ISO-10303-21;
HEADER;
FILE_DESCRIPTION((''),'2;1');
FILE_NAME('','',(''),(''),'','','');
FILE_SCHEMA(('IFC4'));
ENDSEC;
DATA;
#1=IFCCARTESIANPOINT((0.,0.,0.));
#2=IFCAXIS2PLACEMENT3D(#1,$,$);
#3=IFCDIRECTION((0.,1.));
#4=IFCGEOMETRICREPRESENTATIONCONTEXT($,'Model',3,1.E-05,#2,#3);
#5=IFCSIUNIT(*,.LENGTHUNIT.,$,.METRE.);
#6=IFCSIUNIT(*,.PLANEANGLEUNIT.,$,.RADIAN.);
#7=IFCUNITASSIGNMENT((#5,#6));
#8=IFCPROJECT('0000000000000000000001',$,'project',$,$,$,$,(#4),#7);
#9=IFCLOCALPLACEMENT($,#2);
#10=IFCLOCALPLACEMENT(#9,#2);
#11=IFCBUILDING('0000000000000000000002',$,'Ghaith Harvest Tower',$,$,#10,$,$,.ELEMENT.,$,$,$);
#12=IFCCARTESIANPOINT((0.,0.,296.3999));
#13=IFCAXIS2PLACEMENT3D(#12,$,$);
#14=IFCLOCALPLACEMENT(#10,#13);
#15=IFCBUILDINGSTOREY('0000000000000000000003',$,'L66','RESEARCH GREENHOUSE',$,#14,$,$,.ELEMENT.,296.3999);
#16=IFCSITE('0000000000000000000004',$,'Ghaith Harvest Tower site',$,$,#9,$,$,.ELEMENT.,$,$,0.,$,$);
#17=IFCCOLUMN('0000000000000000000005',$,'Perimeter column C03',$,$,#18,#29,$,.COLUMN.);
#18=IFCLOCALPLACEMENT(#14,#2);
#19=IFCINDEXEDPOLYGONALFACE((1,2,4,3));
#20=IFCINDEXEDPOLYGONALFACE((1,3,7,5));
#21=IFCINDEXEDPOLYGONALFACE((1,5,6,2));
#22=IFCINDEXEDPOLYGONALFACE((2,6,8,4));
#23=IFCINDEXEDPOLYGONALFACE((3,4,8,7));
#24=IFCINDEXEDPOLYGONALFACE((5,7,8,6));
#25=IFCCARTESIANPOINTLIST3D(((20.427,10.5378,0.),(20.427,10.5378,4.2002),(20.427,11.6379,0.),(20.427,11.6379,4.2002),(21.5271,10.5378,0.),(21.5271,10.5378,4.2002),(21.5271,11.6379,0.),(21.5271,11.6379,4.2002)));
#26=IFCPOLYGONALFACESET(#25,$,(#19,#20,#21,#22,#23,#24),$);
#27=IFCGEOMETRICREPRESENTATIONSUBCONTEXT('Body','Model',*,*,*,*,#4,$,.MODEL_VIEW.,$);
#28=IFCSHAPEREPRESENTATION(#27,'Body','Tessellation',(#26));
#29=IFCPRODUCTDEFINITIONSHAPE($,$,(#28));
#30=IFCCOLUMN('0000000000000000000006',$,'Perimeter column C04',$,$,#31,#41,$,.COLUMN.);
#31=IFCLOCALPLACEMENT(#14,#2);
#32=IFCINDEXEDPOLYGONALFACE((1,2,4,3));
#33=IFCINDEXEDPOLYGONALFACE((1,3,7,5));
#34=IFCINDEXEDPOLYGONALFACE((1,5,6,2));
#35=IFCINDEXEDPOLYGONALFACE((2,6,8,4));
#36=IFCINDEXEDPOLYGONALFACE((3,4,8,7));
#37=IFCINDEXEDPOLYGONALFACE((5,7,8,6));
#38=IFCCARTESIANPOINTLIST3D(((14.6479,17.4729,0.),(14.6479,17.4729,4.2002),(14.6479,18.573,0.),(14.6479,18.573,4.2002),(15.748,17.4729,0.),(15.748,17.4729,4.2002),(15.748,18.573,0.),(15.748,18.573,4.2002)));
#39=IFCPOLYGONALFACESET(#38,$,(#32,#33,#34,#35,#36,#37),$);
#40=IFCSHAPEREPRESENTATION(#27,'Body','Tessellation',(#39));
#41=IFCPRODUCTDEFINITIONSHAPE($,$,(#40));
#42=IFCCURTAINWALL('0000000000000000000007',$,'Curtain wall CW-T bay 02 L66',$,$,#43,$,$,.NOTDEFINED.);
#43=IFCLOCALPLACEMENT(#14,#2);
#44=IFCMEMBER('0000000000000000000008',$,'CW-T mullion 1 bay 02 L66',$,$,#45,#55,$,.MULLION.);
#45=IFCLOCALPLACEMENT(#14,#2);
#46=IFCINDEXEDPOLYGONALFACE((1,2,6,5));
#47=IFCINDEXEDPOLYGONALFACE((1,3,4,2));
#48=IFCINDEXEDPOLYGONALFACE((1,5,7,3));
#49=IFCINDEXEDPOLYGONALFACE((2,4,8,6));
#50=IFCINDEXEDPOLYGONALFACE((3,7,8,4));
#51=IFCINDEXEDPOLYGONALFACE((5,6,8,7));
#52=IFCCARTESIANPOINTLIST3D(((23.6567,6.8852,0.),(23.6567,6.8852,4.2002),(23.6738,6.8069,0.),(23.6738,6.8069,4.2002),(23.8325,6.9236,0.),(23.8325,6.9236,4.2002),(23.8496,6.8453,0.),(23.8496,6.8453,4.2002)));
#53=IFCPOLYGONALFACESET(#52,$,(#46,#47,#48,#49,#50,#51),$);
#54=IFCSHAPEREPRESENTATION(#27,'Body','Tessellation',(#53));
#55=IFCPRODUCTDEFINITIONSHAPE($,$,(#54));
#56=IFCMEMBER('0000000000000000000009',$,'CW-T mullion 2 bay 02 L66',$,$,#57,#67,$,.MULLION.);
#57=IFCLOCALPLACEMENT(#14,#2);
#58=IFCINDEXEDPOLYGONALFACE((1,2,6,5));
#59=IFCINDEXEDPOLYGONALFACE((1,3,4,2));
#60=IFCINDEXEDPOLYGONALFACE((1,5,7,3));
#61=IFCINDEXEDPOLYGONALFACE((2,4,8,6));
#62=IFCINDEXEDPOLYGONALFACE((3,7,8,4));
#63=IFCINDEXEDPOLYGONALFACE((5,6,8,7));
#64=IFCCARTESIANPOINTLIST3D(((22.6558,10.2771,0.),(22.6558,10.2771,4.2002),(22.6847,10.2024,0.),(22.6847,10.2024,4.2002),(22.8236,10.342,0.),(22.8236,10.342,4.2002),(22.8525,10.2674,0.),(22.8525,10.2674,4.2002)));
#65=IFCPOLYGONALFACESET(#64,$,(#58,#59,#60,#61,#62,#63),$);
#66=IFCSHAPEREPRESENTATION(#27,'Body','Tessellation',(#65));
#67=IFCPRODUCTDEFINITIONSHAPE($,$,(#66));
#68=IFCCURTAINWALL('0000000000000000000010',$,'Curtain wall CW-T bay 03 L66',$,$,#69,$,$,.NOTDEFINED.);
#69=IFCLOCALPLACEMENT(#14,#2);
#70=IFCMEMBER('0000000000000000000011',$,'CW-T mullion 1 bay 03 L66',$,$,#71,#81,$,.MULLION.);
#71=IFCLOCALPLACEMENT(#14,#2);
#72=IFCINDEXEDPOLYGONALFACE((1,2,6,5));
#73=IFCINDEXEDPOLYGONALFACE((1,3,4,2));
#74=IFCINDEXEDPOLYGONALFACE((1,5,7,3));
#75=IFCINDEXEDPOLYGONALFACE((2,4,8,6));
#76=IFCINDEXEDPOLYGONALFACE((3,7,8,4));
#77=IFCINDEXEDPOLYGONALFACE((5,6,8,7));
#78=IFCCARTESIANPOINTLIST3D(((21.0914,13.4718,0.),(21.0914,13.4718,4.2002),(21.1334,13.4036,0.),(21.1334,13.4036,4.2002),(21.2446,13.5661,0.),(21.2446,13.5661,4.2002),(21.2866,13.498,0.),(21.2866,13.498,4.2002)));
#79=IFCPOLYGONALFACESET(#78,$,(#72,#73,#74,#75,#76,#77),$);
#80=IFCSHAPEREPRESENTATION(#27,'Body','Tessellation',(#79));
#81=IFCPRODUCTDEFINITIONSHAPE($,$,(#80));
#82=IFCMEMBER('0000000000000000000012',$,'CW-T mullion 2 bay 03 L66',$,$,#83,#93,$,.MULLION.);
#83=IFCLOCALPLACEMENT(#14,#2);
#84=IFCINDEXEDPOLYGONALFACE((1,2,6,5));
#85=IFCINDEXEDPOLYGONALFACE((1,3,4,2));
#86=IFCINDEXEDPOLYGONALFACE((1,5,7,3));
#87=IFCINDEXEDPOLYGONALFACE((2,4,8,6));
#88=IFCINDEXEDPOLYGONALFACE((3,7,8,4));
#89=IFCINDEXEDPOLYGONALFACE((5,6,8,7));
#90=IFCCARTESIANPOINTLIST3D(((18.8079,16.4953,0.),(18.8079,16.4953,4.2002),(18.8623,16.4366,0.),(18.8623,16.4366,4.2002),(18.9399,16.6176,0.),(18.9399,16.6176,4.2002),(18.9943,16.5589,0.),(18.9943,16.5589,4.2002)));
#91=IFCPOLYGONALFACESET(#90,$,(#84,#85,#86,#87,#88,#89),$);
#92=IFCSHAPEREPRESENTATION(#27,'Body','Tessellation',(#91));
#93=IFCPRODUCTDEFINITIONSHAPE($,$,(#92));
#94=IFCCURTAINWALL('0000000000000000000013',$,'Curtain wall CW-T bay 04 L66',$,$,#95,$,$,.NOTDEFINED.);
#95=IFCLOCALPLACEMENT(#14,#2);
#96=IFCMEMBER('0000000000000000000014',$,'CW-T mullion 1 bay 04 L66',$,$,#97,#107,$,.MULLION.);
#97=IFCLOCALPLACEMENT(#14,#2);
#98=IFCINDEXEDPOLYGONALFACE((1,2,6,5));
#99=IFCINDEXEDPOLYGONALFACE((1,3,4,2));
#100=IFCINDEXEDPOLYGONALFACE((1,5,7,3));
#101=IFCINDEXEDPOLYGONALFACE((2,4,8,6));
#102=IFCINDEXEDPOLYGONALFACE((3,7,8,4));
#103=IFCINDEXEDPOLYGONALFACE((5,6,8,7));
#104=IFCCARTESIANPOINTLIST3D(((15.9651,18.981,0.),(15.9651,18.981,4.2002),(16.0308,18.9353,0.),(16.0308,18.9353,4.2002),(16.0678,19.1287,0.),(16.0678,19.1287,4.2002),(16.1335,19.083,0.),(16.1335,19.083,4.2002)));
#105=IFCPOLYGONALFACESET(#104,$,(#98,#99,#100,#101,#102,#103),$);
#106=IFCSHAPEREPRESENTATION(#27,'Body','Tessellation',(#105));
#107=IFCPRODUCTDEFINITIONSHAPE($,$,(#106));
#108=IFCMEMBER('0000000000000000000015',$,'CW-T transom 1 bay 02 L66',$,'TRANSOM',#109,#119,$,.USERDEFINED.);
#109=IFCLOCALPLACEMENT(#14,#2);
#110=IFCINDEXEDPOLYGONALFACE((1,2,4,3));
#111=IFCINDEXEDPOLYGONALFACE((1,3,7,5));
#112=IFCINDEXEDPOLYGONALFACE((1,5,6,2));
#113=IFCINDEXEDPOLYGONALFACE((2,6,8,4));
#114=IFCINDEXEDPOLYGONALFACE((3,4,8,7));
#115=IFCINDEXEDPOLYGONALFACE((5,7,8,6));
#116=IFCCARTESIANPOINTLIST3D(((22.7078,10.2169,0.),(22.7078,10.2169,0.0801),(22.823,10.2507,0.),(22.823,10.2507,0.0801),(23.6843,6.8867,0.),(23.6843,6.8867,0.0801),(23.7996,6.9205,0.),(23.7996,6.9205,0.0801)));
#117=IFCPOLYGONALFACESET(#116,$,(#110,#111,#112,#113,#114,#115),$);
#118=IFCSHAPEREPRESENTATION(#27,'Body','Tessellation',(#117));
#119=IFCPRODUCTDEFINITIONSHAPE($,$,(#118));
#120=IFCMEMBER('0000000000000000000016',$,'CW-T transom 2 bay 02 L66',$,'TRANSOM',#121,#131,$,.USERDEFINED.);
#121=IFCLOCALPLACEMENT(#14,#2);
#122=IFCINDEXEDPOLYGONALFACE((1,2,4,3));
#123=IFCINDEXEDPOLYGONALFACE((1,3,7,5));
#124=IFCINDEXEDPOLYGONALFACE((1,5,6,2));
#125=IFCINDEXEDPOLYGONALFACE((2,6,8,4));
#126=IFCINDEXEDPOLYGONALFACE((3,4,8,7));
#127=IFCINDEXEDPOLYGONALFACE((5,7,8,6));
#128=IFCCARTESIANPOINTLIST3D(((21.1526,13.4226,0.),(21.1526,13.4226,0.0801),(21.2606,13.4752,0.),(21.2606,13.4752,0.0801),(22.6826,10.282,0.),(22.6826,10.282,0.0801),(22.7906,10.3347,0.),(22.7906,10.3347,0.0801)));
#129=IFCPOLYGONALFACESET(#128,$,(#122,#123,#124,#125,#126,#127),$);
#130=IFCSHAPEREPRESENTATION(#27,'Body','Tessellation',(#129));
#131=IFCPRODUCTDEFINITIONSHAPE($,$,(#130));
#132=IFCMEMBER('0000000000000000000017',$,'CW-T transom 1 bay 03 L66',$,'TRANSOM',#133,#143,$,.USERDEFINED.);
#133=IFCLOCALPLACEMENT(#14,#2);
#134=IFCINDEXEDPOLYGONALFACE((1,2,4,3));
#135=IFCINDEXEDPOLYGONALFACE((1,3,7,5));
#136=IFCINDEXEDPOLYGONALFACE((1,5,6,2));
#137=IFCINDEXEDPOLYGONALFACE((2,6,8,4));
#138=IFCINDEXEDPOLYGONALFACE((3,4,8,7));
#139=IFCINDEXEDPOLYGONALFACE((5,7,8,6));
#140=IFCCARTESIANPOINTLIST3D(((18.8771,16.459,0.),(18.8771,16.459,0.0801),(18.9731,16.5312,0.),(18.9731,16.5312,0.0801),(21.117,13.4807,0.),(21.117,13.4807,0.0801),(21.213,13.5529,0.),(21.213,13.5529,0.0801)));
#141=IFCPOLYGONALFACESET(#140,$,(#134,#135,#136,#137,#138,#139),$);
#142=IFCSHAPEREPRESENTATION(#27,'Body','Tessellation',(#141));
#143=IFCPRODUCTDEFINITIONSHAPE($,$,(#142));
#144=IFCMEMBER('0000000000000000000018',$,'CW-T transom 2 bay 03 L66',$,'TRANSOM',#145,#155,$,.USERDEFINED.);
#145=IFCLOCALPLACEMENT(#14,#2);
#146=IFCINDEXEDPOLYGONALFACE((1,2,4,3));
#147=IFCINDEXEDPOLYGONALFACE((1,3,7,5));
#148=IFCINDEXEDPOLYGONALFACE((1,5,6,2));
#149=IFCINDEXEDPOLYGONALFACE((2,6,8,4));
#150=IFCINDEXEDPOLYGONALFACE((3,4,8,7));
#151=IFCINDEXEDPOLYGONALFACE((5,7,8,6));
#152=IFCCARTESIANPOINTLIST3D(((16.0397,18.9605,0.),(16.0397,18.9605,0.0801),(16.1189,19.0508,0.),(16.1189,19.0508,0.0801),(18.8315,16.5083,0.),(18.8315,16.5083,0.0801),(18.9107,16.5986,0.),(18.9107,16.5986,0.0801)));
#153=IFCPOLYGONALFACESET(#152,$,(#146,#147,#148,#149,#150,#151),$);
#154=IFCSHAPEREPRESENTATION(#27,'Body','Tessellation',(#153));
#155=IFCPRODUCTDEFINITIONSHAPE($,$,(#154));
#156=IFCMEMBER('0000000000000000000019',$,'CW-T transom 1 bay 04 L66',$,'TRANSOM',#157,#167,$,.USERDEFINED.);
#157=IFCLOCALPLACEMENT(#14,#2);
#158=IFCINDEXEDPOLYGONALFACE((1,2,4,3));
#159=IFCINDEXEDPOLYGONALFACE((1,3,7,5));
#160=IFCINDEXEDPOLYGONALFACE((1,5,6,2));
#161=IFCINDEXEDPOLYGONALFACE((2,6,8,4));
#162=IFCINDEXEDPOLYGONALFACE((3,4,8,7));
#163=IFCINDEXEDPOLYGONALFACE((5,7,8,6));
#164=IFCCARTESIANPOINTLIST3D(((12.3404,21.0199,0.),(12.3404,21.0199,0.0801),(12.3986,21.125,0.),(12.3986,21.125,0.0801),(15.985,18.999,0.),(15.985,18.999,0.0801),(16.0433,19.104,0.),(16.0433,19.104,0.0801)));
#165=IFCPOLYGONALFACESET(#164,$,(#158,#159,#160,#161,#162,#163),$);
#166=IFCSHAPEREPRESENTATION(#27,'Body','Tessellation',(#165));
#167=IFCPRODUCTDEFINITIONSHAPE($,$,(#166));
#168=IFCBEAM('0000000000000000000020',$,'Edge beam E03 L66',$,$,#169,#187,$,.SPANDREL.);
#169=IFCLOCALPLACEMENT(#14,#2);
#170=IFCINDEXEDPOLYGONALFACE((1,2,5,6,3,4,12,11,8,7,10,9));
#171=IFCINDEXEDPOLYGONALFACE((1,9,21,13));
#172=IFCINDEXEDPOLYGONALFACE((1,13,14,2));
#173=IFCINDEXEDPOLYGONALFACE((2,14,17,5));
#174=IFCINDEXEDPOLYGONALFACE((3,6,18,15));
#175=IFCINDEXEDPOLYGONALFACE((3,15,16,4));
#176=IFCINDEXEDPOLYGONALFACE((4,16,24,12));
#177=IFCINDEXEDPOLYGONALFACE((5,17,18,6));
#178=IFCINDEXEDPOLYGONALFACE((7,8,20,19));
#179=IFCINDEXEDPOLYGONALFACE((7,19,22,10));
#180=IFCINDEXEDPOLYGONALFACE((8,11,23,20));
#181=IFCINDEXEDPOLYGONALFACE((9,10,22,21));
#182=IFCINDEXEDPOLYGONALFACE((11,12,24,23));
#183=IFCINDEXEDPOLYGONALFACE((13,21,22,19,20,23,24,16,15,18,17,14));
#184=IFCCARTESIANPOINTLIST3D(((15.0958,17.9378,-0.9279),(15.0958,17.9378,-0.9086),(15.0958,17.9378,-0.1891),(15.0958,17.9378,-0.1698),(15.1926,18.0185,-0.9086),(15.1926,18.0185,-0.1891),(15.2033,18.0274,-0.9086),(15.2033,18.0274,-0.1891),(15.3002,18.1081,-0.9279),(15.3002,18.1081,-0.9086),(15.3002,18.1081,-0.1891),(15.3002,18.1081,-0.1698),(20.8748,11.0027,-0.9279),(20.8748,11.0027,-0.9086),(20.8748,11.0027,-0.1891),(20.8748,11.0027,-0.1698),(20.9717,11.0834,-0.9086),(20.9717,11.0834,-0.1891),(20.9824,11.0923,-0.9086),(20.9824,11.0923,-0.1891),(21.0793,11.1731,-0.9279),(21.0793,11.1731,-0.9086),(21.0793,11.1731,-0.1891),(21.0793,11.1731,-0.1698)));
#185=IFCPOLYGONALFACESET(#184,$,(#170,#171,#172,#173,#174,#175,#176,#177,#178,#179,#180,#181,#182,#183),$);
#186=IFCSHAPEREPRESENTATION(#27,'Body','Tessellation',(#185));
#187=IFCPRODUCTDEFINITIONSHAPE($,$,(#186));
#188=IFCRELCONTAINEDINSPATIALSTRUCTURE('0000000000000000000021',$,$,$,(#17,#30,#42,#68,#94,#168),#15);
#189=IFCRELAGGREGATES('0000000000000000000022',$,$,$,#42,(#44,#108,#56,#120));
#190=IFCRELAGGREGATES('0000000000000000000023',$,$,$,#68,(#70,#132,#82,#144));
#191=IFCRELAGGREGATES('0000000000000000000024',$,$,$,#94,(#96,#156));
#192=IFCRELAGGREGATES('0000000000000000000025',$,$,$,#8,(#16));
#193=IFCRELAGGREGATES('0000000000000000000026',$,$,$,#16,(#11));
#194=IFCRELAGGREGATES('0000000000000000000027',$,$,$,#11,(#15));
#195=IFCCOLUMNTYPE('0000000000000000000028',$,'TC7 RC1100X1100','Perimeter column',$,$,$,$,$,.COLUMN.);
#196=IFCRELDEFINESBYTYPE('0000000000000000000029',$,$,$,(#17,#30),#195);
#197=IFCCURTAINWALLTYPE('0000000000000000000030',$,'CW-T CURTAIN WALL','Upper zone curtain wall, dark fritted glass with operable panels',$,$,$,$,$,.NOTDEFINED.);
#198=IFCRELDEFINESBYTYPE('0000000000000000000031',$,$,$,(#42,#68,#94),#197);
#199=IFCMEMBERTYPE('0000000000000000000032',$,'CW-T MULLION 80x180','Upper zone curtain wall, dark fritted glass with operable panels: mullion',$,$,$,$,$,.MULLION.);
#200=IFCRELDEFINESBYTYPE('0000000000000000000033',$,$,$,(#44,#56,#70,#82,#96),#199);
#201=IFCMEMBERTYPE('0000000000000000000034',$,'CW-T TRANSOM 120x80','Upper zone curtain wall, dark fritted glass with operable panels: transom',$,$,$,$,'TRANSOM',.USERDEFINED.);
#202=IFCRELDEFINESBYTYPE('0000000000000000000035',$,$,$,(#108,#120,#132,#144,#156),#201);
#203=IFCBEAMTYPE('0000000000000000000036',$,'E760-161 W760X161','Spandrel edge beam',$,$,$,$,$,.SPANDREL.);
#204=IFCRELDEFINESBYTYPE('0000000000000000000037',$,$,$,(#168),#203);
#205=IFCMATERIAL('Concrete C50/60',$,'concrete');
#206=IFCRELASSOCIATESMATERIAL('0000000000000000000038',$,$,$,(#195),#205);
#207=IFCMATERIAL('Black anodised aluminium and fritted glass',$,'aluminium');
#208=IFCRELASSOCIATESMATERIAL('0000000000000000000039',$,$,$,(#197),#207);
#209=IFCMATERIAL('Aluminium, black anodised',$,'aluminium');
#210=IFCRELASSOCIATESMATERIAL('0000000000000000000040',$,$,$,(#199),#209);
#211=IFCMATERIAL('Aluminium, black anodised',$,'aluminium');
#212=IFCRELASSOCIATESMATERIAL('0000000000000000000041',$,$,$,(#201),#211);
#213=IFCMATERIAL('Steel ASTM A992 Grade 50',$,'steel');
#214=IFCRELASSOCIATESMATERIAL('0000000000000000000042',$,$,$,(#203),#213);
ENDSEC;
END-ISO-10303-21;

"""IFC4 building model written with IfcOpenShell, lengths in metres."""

from ifc_helpers import new_model, si_unit, direction, frame, origin, origin_2d, place, context, subcontext, project, spatial, rectangle, i_section, extrude, material, material_profile, profile_set, type_object, element, aggregate, save


model = new_model("IFC4")

# Units and contexts
model_context = context("Model", 3, precision=1e-05, world=origin(), true_north=direction((0.0, 1.0)))
body_context = subcontext(model_context, "Body", "Model", "MODEL_VIEW")
ifc_project = project(units=[si_unit("LENGTHUNIT", "METRE"), si_unit("PLANEANGLEUNIT", "RADIAN")], contexts=[model_context])

# Site, building, storey
site_placement = place(None, origin())
site = spatial("IfcSite", under=ifc_project, at=site_placement, Name="Ghaith Harvest Tower site", CompositionType="ELEMENT", RefElevation=0.0)
building_placement = place(site_placement, origin())
building = spatial("IfcBuilding", under=site, at=building_placement, Name="Ghaith Harvest Tower", CompositionType="ELEMENT")
storey_placement = place(building_placement, frame((0.0, 0.0, 296.3999)))
storey = spatial("IfcBuildingStorey", under=building, at=storey_placement, Name="L66", Description="RESEARCH GREENHOUSE", CompositionType="ELEMENT", Elevation=296.3999)

# Columns
ifc_material_1 = material(Name="Concrete C50/60", Category="concrete")
ifc_material_profile_1 = material_profile(ifc_material_1, rectangle(XDim=1.1001, YDim=1.1001, at=origin_2d()), Name="RC1100X1100")
ifc_profile_set_1 = profile_set([ifc_material_profile_1], Name="Concrete C50/60")
column_type = type_object("IfcColumnType", Name="TC7 RC1100X1100", Description="Perimeter column", PredefinedType="COLUMN", material=ifc_profile_set_1)
for number, where, z_axis, x_axis, name in (
    (1, (20.9771, 11.0879, 0.0), (0.0, 0.0, 1.0), (1.0, 0.0, 0.0), "Perimeter column C03"),
    (2, (15.198, 18.0229, 0.0), (0.0, 0.0, 1.0), (1.0, 0.0, 0.0), "Perimeter column C04"),
):
    element("IfcColumn", number, at=place(storey_placement, frame(where, z_axis=z_axis, x_axis=x_axis)), inside=storey, type_object=column_type, Name=name, PredefinedType="COLUMN", context=body_context, shape_type="SweptSolid", body=[
        extrude(rectangle(XDim=1.1001, YDim=1.1001, at=origin_2d()), origin(), (0.0, 0.0, 1.0), 4.2002),
    ])

# Curtain walls, members
ifc_material_2 = material(Name="Black anodised aluminium and fritted glass", Category="aluminium")
curtain_wall_type = type_object("IfcCurtainWallType", Name="CW-T CURTAIN WALL", Description="Upper zone curtain wall, dark fritted glass with operable panels", PredefinedType="NOTDEFINED", material=ifc_material_2)
curtain_wall_1_placement = place(storey_placement, origin())
curtain_wall_1 = element("IfcCurtainWall", 3, at=curtain_wall_1_placement, inside=storey, type_object=curtain_wall_type, Name="Curtain wall CW-T bay 02 L66", PredefinedType="NOTDEFINED")
ifc_material_3 = material(Name="Aluminium, black anodised", Category="aluminium")
ifc_material_profile_2 = material_profile(ifc_material_3, rectangle(XDim=0.0801, YDim=0.1799, at=origin_2d()), Name="CW-T MULLION 80x180")
ifc_profile_set_2 = profile_set([ifc_material_profile_2], Name="Aluminium, black anodised")
member_type_1 = type_object("IfcMemberType", Name="CW-T MULLION 80x180", Description="Upper zone curtain wall, dark fritted glass with operable panels: mullion", PredefinedType="MULLION", material=ifc_profile_set_2)
member_1_placement = place(storey_placement, frame((23.7532, 6.8652, 0.0), z_axis=(0.0, 0.0, 1.0), x_axis=(-0.213402, 0.976964, 0.0)))
member_1 = element("IfcMember", 4, at=member_1_placement, type_object=member_type_1, Name="CW-T mullion 1 bay 02 L66", PredefinedType="MULLION", context=body_context, shape_type="SweptSolid", body=[
    extrude(rectangle(XDim=0.0801, YDim=0.1799, at=origin_2d()), origin(), (0.0, 0.0, 1.0), 4.2002),
])
member_2_placement = place(storey_placement, frame((22.7542, 10.2722, 0.0), z_axis=(0.0, 0.0, 1.0), x_axis=(-0.361184, 0.932494, 0.0)))
member_2 = element("IfcMember", 5, at=member_2_placement, type_object=member_type_1, Name="CW-T mullion 2 bay 02 L66", PredefinedType="MULLION", context=body_context, shape_type="SweptSolid", body=[
    extrude(rectangle(XDim=0.0801, YDim=0.1799, at=origin_2d()), origin(), (0.0, 0.0, 1.0), 4.2002),
])
curtain_wall_2_placement = place(storey_placement, origin())
curtain_wall_2 = element("IfcCurtainWall", 6, at=curtain_wall_2_placement, inside=storey, type_object=curtain_wall_type, Name="Curtain wall CW-T bay 03 L66", PredefinedType="NOTDEFINED")
member_3_placement = place(storey_placement, frame((21.189, 13.4849, 0.0), z_axis=(0.0, 0.0, 1.0), x_axis=(-0.524482, 0.851421, 0.0)))
member_3 = element("IfcMember", 7, at=member_3_placement, type_object=member_type_1, Name="CW-T mullion 1 bay 03 L66", PredefinedType="MULLION", context=body_context, shape_type="SweptSolid", body=[
    extrude(rectangle(XDim=0.0801, YDim=0.1799, at=origin_2d()), origin(), (0.0, 0.0, 1.0), 4.2002),
])
member_4_placement = place(storey_placement, frame((18.9011, 16.5271, 0.0), z_axis=(0.0, 0.0, 1.0), x_axis=(-0.679661, 0.733526, 0.0)))
member_4 = element("IfcMember", 8, at=member_4_placement, type_object=member_type_1, Name="CW-T mullion 2 bay 03 L66", PredefinedType="MULLION", context=body_context, shape_type="SweptSolid", body=[
    extrude(rectangle(XDim=0.0801, YDim=0.1799, at=origin_2d()), origin(), (0.0, 0.0, 1.0), 4.2002),
])

# Curtain wall, member
curtain_wall_3_placement = place(storey_placement, origin())
curtain_wall_3 = element("IfcCurtainWall", 9, at=curtain_wall_3_placement, inside=storey, type_object=curtain_wall_type, Name="Curtain wall CW-T bay 04 L66", PredefinedType="NOTDEFINED")
member_5_placement = place(storey_placement, frame((16.0493, 19.032, 0.0), z_axis=(0.0, 0.0, 1.0), x_axis=(-0.821112, 0.570767, 0.0)))
member_5 = element("IfcMember", 10, at=member_5_placement, type_object=member_type_1, Name="CW-T mullion 1 bay 04 L66", PredefinedType="MULLION", context=body_context, shape_type="SweptSolid", body=[
    extrude(rectangle(XDim=0.0801, YDim=0.1799, at=origin_2d()), origin(), (0.0, 0.0, 1.0), 4.2002),
])

# Members
ifc_material_4 = material(Name="Aluminium, black anodised", Category="aluminium")
ifc_material_profile_3 = material_profile(ifc_material_4, rectangle(XDim=0.1201, YDim=0.0801, at=origin_2d()), Name="CW-T TRANSOM 120x80")
ifc_profile_set_3 = profile_set([ifc_material_profile_3], Name="Aluminium, black anodised")
member_type_2 = type_object("IfcMemberType", Name="CW-T TRANSOM 120x80", Description="Upper zone curtain wall, dark fritted glass with operable panels: transom", ElementType="TRANSOM", PredefinedType="USERDEFINED", material=ifc_profile_set_3)
member_6_placement = place(storey_placement, frame((23.7419, 6.9036, 0.04), z_axis=(-0.281385, 0.959595, 0.0), x_axis=(-0.959595, -0.281385, 0.0)))
member_6 = element("IfcMember", 11, at=member_6_placement, type_object=member_type_2, Name="CW-T transom 1 bay 02 L66", ObjectType="TRANSOM", PredefinedType="USERDEFINED", context=body_context, shape_type="SweptSolid", body=[
    extrude(rectangle(XDim=0.1201, YDim=0.0801, at=origin_2d()), origin(), (0.0, 0.0, 1.0), 3.4705),
])
member_7_placement = place(storey_placement, frame((22.7366, 10.3083, 0.04), z_axis=(-0.437965, 0.898992, 0.0), x_axis=(-0.898992, -0.437965, 0.0)))
member_7 = element("IfcMember", 12, at=member_7_placement, type_object=member_type_2, Name="CW-T transom 2 bay 02 L66", ObjectType="TRANSOM", PredefinedType="USERDEFINED", context=body_context, shape_type="SweptSolid", body=[
    extrude(rectangle(XDim=0.1201, YDim=0.0801, at=origin_2d()), origin(), (0.0, 0.0, 1.0), 3.4934),
])
member_8_placement = place(storey_placement, frame((21.165, 13.5168, 0.04), z_axis=(-0.601079, 0.79919, 0.0), x_axis=(-0.79919, -0.601079, 0.0)))
member_8 = element("IfcMember", 13, at=member_8_placement, type_object=member_type_2, Name="CW-T transom 1 bay 03 L66", ObjectType="TRANSOM", PredefinedType="USERDEFINED", context=body_context, shape_type="SweptSolid", body=[
    extrude(rectangle(XDim=0.1201, YDim=0.0801, at=origin_2d()), origin(), (0.0, 0.0, 1.0), 3.7266),
])
member_9_placement = place(storey_placement, frame((18.8711, 16.5535, 0.04), z_axis=(-0.751326, 0.659931, 0.0), x_axis=(-0.659931, -0.751326, 0.0)))
member_9 = element("IfcMember", 14, at=member_9_placement, type_object=member_type_2, Name="CW-T transom 2 bay 03 L66", ObjectType="TRANSOM", PredefinedType="USERDEFINED", context=body_context, shape_type="SweptSolid", body=[
    extrude(rectangle(XDim=0.1201, YDim=0.0801, at=origin_2d()), origin(), (0.0, 0.0, 1.0), 3.7158),
])
member_10_placement = place(storey_placement, frame((16.0142, 19.0515, 0.04), z_axis=(-0.874552, 0.484932, 0.0), x_axis=(-0.484932, -0.874552, 0.0)))
member_10 = element("IfcMember", 15, at=member_10_placement, type_object=member_type_2, Name="CW-T transom 1 bay 04 L66", ObjectType="TRANSOM", PredefinedType="USERDEFINED", context=body_context, shape_type="SweptSolid", body=[
    extrude(rectangle(XDim=0.1201, YDim=0.0801, at=origin_2d()), origin(), (0.0, 0.0, 1.0), 4.1675),
])

# Beam
ifc_material_5 = material(Name="Steel ASTM A992 Grade 50", Category="steel")
ifc_material_profile_4 = material_profile(ifc_material_5, i_section(OverallWidth=0.2661, OverallDepth=0.7581, WebThickness=0.0139, FlangeThickness=0.0193, at=origin_2d()), Name="W760X161")
ifc_profile_set_4 = profile_set([ifc_material_profile_4], Name="Steel ASTM A992 Grade 50")
beam_type_1 = type_object("IfcBeamType", Name="E760-161 W760X161", Description="Spandrel edge beam", PredefinedType="SPANDREL", material=ifc_profile_set_4)
beam_1_placement = place(storey_placement, frame((20.9771, 11.0879, -0.5488), z_axis=(-0.640174, 0.76823, 0.0), x_axis=(-0.76823, -0.640174, 0.0)))
element("IfcBeam", 16, at=beam_1_placement, inside=storey, type_object=beam_type_1, Name="Edge beam E03 L66", PredefinedType="SPANDREL", context=body_context, shape_type="SweptSolid", body=[
    extrude(i_section(OverallWidth=0.2661, OverallDepth=0.7581, WebThickness=0.0139, FlangeThickness=0.0193, at=origin_2d()), origin(), (0.0, 0.0, 1.0), 9.0273),
])

aggregate(curtain_wall_1, [member_1, member_6, member_2, member_7])
aggregate(curtain_wall_2, [member_3, member_8, member_4, member_9])
aggregate(curtain_wall_3, [member_5, member_10])

save(model, "model.ifc")
